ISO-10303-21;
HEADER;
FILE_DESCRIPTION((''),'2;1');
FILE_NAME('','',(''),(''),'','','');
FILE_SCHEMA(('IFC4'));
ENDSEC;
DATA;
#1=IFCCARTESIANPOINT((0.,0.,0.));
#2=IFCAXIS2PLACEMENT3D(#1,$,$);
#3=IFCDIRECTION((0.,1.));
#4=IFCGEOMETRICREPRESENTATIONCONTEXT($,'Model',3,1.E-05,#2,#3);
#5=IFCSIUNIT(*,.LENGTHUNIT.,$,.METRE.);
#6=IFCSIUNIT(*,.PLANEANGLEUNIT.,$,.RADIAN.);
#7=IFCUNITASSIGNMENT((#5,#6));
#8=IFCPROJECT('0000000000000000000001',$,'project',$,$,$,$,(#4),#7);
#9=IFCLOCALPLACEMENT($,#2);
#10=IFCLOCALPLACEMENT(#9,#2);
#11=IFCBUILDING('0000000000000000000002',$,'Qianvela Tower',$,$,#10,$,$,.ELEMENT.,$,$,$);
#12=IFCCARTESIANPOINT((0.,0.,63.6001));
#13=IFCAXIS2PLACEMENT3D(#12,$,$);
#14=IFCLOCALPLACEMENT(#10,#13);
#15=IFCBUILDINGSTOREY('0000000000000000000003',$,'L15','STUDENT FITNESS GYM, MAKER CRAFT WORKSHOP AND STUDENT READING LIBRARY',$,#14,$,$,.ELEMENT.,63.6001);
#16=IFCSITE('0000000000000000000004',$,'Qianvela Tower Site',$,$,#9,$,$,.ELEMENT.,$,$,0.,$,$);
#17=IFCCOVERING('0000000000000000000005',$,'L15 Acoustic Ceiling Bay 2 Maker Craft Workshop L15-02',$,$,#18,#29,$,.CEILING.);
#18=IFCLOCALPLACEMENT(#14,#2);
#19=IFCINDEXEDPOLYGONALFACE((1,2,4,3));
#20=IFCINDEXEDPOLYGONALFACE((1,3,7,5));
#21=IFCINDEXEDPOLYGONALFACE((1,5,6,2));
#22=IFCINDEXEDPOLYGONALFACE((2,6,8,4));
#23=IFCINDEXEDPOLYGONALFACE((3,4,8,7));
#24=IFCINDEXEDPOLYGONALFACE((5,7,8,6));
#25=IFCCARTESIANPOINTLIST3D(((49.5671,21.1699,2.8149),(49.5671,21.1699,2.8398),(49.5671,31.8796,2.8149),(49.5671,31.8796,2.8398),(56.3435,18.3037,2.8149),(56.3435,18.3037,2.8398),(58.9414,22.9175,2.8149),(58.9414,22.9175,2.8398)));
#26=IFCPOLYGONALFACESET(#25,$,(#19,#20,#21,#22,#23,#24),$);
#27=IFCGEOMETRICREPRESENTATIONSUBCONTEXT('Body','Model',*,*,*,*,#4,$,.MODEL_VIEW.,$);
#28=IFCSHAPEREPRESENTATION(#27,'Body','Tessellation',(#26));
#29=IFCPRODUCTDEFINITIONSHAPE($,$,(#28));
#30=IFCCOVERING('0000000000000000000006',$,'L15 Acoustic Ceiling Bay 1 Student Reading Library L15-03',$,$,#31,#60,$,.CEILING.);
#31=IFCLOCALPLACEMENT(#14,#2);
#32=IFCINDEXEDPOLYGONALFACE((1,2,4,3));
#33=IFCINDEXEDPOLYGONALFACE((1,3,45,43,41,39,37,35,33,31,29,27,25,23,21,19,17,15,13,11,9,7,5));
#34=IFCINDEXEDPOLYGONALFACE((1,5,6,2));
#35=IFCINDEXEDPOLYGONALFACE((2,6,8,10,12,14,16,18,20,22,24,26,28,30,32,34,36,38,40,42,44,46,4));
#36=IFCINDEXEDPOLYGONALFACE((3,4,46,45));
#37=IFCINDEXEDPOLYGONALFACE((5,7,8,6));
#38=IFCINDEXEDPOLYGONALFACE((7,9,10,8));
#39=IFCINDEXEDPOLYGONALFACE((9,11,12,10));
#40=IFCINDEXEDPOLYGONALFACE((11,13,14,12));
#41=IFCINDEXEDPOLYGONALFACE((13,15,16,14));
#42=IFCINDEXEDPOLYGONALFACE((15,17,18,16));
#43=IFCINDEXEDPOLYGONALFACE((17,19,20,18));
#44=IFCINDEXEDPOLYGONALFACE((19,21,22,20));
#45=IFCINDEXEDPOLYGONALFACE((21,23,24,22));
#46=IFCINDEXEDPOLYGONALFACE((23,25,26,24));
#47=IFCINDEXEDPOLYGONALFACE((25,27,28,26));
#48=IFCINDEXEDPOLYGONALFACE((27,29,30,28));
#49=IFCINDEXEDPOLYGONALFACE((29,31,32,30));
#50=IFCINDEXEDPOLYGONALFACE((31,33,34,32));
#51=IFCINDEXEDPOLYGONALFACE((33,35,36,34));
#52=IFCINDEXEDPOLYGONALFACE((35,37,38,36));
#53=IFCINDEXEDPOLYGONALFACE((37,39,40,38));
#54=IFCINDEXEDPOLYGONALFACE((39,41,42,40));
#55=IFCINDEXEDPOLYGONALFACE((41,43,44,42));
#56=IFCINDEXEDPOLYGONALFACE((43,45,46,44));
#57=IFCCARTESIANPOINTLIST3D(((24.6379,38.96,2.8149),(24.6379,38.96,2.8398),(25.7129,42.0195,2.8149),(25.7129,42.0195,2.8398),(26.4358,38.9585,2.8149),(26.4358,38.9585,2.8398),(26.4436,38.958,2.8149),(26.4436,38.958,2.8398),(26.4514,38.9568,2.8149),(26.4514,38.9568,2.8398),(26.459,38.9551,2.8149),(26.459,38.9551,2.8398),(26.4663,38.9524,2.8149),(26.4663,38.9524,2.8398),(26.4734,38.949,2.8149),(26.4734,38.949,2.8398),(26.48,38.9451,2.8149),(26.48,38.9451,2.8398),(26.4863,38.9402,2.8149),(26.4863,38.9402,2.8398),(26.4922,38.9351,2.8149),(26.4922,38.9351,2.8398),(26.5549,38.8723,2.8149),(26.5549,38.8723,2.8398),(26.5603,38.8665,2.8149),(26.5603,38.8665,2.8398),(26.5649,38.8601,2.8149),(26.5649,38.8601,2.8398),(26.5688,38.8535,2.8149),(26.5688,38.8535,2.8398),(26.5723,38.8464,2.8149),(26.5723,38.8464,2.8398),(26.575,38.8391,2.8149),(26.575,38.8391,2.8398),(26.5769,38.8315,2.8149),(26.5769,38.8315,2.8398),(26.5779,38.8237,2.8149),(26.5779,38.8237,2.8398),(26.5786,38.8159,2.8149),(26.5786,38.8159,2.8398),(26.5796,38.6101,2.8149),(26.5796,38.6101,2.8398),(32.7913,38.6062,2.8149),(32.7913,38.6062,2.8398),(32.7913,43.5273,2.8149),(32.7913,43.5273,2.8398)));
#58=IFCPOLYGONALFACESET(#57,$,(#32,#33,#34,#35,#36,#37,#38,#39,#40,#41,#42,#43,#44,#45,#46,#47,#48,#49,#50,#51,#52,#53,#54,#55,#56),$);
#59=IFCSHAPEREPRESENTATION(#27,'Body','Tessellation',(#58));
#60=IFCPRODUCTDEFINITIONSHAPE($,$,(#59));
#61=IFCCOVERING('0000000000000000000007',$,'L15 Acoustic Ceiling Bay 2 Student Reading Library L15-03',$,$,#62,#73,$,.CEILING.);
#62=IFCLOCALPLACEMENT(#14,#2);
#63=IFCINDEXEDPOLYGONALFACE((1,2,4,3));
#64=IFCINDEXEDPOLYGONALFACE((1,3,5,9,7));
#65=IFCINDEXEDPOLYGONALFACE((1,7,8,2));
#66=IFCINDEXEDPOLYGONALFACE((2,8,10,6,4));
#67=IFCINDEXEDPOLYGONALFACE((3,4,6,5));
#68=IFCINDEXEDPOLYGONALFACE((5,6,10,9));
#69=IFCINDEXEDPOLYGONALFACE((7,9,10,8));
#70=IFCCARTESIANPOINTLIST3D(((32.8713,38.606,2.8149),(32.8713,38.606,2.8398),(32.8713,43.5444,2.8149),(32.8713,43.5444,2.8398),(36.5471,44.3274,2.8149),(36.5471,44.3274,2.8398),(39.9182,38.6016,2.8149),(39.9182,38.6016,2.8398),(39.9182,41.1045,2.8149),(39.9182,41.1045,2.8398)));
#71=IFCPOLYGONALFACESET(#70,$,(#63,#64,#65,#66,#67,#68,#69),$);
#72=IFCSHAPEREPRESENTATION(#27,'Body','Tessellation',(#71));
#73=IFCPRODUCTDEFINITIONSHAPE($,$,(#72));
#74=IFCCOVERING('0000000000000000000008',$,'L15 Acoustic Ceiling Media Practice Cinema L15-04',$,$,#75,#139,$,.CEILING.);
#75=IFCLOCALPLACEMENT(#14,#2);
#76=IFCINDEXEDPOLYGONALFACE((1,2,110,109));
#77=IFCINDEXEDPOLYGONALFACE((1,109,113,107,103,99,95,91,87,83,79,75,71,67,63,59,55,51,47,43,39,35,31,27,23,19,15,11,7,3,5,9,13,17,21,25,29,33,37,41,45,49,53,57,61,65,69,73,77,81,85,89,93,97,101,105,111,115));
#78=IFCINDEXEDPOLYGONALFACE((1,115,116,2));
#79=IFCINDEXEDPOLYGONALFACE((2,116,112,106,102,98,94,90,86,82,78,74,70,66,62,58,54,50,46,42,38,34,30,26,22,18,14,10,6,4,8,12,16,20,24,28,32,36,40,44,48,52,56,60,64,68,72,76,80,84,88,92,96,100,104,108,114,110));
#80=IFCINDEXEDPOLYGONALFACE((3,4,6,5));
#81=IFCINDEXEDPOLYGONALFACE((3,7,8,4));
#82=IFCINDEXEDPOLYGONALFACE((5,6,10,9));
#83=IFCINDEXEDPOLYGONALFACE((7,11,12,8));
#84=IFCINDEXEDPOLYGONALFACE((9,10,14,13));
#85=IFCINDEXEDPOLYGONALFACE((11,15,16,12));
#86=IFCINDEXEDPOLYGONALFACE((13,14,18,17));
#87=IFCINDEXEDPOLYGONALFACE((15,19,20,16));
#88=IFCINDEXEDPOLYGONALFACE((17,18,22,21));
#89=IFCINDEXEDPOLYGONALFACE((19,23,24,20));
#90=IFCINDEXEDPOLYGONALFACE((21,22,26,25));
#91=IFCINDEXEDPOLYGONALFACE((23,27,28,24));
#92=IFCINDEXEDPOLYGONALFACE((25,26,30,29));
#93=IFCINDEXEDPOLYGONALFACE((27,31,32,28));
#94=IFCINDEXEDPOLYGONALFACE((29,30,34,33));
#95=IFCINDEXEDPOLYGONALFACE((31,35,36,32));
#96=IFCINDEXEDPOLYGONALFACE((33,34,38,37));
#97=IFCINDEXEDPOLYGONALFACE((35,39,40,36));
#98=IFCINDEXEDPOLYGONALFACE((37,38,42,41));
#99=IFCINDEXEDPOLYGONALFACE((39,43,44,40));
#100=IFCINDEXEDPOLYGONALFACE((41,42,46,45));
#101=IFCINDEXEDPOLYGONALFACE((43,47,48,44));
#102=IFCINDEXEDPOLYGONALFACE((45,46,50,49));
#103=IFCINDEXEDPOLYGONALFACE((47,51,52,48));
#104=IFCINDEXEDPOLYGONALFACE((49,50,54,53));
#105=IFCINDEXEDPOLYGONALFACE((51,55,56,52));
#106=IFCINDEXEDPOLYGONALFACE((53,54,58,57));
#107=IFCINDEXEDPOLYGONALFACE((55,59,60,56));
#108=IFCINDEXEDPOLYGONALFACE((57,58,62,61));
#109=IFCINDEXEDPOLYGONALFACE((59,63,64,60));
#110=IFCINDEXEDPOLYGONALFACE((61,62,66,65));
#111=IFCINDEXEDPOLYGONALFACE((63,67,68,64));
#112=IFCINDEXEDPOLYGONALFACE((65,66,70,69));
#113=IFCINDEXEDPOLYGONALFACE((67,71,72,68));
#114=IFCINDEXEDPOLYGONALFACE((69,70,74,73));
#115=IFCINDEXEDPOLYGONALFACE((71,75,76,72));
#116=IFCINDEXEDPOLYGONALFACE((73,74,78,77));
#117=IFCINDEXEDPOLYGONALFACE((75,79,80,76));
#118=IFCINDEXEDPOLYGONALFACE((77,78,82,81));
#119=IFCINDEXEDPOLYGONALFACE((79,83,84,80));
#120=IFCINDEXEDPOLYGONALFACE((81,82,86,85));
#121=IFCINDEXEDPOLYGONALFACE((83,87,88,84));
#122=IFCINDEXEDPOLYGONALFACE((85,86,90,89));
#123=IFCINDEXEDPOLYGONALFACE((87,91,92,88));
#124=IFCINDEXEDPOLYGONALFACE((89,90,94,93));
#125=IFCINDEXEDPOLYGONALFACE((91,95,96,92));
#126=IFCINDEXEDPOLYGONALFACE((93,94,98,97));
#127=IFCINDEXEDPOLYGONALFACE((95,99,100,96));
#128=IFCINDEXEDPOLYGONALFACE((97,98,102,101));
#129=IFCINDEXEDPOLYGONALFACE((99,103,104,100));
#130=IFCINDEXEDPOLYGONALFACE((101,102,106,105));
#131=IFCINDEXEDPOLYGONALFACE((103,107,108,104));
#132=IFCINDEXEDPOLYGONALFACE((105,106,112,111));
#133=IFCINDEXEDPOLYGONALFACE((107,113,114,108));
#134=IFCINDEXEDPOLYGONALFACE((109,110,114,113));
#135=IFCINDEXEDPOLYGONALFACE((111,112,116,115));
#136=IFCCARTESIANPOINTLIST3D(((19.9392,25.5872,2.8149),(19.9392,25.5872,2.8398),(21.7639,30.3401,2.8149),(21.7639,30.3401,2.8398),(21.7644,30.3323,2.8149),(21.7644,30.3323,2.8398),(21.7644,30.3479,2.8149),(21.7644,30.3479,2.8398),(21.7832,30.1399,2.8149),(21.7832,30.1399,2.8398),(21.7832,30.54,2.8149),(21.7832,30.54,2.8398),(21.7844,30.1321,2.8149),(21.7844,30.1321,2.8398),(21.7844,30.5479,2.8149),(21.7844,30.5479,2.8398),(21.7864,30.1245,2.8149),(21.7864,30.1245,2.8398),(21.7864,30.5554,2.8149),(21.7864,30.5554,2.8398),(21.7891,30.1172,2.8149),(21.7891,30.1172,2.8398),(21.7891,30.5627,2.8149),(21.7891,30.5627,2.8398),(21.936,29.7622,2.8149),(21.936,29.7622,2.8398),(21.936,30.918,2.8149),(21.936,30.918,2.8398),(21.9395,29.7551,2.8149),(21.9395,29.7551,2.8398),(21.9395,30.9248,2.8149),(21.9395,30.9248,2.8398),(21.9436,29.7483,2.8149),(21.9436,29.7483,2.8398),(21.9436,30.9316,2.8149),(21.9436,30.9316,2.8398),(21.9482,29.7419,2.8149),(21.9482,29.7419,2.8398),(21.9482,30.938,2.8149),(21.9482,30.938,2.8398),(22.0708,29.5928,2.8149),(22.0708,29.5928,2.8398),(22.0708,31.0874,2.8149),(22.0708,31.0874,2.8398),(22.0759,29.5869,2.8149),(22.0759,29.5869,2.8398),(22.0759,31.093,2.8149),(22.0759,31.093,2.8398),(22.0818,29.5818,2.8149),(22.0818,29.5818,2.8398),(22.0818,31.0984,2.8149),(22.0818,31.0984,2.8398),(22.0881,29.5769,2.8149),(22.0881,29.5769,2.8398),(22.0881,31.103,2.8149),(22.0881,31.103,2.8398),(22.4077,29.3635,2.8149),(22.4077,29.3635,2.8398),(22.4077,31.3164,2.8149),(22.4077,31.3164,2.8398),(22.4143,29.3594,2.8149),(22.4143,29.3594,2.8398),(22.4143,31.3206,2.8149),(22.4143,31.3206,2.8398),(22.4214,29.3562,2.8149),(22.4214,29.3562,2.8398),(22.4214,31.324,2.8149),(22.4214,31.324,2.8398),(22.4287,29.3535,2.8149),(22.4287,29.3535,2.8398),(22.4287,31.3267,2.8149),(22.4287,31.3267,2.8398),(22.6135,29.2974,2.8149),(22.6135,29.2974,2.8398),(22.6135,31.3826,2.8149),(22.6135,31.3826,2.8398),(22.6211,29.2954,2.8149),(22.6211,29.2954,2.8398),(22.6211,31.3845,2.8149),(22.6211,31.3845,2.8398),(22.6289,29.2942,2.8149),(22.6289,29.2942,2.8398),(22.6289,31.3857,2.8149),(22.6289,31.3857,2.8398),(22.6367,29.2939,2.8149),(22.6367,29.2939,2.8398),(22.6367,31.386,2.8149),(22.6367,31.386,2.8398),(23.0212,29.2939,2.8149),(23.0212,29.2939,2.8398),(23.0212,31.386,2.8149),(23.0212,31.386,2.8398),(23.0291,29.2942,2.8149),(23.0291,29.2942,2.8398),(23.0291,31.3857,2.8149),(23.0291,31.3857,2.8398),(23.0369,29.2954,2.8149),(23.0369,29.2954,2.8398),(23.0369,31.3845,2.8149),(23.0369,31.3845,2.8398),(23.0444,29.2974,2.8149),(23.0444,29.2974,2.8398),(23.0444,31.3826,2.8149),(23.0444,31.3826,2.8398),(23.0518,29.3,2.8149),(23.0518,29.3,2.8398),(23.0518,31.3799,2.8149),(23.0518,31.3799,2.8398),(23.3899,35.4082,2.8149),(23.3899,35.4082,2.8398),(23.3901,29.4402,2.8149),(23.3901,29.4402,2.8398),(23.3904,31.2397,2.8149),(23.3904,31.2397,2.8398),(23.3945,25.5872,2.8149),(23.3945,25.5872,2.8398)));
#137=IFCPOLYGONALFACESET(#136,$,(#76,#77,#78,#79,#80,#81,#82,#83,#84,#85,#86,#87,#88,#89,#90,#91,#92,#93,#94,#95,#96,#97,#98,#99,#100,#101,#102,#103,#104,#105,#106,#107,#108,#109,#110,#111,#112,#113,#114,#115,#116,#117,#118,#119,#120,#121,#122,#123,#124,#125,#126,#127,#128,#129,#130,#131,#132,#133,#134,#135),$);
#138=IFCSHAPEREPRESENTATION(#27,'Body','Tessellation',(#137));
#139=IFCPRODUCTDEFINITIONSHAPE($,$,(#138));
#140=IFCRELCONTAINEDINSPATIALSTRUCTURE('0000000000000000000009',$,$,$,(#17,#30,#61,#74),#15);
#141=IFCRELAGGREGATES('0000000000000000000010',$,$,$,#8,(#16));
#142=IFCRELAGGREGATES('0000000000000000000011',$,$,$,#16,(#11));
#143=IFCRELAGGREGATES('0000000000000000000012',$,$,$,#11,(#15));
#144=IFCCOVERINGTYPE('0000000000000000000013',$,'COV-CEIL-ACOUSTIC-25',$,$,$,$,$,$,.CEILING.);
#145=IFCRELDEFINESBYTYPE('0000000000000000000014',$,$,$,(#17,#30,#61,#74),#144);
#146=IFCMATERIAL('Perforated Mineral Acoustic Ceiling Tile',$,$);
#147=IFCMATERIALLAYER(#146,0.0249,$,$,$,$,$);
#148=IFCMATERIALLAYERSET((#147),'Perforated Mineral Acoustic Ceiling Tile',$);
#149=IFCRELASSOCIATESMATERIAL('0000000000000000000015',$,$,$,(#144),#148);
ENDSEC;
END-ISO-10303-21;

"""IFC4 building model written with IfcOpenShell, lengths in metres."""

from ifc_helpers import new_model, si_unit, direction, frame, origin, place, context, subcontext, project, spatial, polyline, outline, extrude, material, layer, layer_set, type_object, element, save


model = new_model("IFC4")

# Units and contexts
model_context = context("Model", 3, precision=1e-05, world=origin(), true_north=direction((0.0, 1.0)))
body_context = subcontext(model_context, "Body", "Model", "MODEL_VIEW")
ifc_project = project(units=[si_unit("LENGTHUNIT", "METRE"), si_unit("PLANEANGLEUNIT", "RADIAN")], contexts=[model_context])

# Site, building, storey
site_placement = place(None, origin())
site = spatial("IfcSite", under=ifc_project, at=site_placement, Name="Qianvela Tower Site", CompositionType="ELEMENT", RefElevation=0.0)
building_placement = place(site_placement, origin())
building = spatial("IfcBuilding", under=site, at=building_placement, Name="Qianvela Tower", CompositionType="ELEMENT")
storey_placement = place(building_placement, frame((0.0, 0.0, 63.6001)))
storey = spatial("IfcBuildingStorey", under=building, at=storey_placement, Name="L15", Description="STUDENT FITNESS GYM, MAKER CRAFT WORKSHOP AND STUDENT READING LIBRARY", CompositionType="ELEMENT", Elevation=63.6001)

# Coverings
ifc_material_1 = material(Name="Perforated Mineral Acoustic Ceiling Tile")
ifc_layer_1 = layer(ifc_material_1, 0.0249)
ifc_layer_set_1 = layer_set([ifc_layer_1], Name="Perforated Mineral Acoustic Ceiling Tile")
covering_type_1 = type_object("IfcCoveringType", Name="COV-CEIL-ACOUSTIC-25", PredefinedType="CEILING", material=ifc_layer_set_1)
covering_1_placement = place(storey_placement, frame((0.0, 0.0, 2.8149)))
element("IfcCovering", 1, at=covering_1_placement, inside=storey, type_object=covering_type_1, Name="L15 Acoustic Ceiling Bay 2 Maker Craft Workshop L15-02", PredefinedType="CEILING", context=body_context, shape_type="SweptSolid", body=[
    extrude(outline(polyline([(58.9414, 22.9175), (56.3435, 18.3037), (49.5671, 21.1699), (49.5671, 31.8796), (58.9414, 22.9175)])), origin(), (0.0, 0.0, 1.0), 0.0249),
])
covering_2_placement = place(storey_placement, frame((0.0, 0.0, 2.8149)))
element("IfcCovering", 2, at=covering_2_placement, inside=storey, type_object=covering_type_1, Name="L15 Acoustic Ceiling Bay 1 Student Reading Library L15-03", PredefinedType="CEILING", context=body_context, shape_type="SweptSolid", body=[
    extrude(outline(polyline([(26.5779, 38.8237), (26.5769, 38.8315), (26.575, 38.8391), (26.5723, 38.8464), (26.5688, 38.8535), (26.5649, 38.8601), (26.5603, 38.8665), (26.5549, 38.8723), (26.4922, 38.9351), (26.4863, 38.9402), (26.48, 38.9451), (26.4734, 38.949), (26.4663, 38.9524), (26.459, 38.9551), (26.4514, 38.9568), (26.4436, 38.958), (26.4358, 38.9585), (24.6379, 38.96), (25.7129, 42.0195), (32.7913, 43.5273), (32.7913, 38.6062), (26.5796, 38.6101), (26.5786, 38.8159), (26.5779, 38.8237)])), origin(), (0.0, 0.0, 1.0), 0.0249),
])
covering_3_placement = place(storey_placement, frame((0.0, 0.0, 2.8149)))
element("IfcCovering", 3, at=covering_3_placement, inside=storey, type_object=covering_type_1, Name="L15 Acoustic Ceiling Bay 2 Student Reading Library L15-03", PredefinedType="CEILING", context=body_context, shape_type="SweptSolid", body=[
    extrude(outline(polyline([(36.5471, 44.3274), (39.9182, 41.1045), (39.9182, 38.6016), (32.8713, 38.606), (32.8713, 43.5444), (36.5471, 44.3274)])), origin(), (0.0, 0.0, 1.0), 0.0249),
])
covering_4_placement = place(storey_placement, frame((0.0, 0.0, 2.8149)))
element("IfcCovering", 4, at=covering_4_placement, inside=storey, type_object=covering_type_1, Name="L15 Acoustic Ceiling Media Practice Cinema L15-04", PredefinedType="CEILING", context=body_context, shape_type="SweptSolid", body=[
    extrude(outline(polyline([(23.3901, 29.4402), (23.3945, 25.5872), (19.9392, 25.5872), (23.3899, 35.4082), (23.3904, 31.2397), (23.0518, 31.3799), (23.0444, 31.3826), (23.0369, 31.3845), (23.0291, 31.3857), (23.0212, 31.386), (22.6367, 31.386), (22.6289, 31.3857), (22.6211, 31.3845), (22.6135, 31.3826), (22.4287, 31.3267), (22.4214, 31.324), (22.4143, 31.3206), (22.4077, 31.3164), (22.0881, 31.103), (22.0818, 31.0984), (22.0759, 31.093), (22.0708, 31.0874), (21.9482, 30.938), (21.9436, 30.9316), (21.9395, 30.9248), (21.936, 30.918), (21.7891, 30.5627), (21.7864, 30.5554), (21.7844, 30.5479), (21.7832, 30.54), (21.7644, 30.3479), (21.7639, 30.3401), (21.7644, 30.3323), (21.7832, 30.1399), (21.7844, 30.1321), (21.7864, 30.1245), (21.7891, 30.1172), (21.936, 29.7622), (21.9395, 29.7551), (21.9436, 29.7483), (21.9482, 29.7419), (22.0708, 29.5928), (22.0759, 29.5869), (22.0818, 29.5818), (22.0881, 29.5769), (22.4077, 29.3635), (22.4143, 29.3594), (22.4214, 29.3562), (22.4287, 29.3535), (22.6135, 29.2974), (22.6211, 29.2954), (22.6289, 29.2942), (22.6367, 29.2939), (23.0212, 29.2939), (23.0291, 29.2942), (23.0369, 29.2954), (23.0444, 29.2974), (23.0518, 29.3), (23.3901, 29.4402)])), origin(), (0.0, 0.0, 1.0), 0.0249),
])

save(model, "model.ifc")
